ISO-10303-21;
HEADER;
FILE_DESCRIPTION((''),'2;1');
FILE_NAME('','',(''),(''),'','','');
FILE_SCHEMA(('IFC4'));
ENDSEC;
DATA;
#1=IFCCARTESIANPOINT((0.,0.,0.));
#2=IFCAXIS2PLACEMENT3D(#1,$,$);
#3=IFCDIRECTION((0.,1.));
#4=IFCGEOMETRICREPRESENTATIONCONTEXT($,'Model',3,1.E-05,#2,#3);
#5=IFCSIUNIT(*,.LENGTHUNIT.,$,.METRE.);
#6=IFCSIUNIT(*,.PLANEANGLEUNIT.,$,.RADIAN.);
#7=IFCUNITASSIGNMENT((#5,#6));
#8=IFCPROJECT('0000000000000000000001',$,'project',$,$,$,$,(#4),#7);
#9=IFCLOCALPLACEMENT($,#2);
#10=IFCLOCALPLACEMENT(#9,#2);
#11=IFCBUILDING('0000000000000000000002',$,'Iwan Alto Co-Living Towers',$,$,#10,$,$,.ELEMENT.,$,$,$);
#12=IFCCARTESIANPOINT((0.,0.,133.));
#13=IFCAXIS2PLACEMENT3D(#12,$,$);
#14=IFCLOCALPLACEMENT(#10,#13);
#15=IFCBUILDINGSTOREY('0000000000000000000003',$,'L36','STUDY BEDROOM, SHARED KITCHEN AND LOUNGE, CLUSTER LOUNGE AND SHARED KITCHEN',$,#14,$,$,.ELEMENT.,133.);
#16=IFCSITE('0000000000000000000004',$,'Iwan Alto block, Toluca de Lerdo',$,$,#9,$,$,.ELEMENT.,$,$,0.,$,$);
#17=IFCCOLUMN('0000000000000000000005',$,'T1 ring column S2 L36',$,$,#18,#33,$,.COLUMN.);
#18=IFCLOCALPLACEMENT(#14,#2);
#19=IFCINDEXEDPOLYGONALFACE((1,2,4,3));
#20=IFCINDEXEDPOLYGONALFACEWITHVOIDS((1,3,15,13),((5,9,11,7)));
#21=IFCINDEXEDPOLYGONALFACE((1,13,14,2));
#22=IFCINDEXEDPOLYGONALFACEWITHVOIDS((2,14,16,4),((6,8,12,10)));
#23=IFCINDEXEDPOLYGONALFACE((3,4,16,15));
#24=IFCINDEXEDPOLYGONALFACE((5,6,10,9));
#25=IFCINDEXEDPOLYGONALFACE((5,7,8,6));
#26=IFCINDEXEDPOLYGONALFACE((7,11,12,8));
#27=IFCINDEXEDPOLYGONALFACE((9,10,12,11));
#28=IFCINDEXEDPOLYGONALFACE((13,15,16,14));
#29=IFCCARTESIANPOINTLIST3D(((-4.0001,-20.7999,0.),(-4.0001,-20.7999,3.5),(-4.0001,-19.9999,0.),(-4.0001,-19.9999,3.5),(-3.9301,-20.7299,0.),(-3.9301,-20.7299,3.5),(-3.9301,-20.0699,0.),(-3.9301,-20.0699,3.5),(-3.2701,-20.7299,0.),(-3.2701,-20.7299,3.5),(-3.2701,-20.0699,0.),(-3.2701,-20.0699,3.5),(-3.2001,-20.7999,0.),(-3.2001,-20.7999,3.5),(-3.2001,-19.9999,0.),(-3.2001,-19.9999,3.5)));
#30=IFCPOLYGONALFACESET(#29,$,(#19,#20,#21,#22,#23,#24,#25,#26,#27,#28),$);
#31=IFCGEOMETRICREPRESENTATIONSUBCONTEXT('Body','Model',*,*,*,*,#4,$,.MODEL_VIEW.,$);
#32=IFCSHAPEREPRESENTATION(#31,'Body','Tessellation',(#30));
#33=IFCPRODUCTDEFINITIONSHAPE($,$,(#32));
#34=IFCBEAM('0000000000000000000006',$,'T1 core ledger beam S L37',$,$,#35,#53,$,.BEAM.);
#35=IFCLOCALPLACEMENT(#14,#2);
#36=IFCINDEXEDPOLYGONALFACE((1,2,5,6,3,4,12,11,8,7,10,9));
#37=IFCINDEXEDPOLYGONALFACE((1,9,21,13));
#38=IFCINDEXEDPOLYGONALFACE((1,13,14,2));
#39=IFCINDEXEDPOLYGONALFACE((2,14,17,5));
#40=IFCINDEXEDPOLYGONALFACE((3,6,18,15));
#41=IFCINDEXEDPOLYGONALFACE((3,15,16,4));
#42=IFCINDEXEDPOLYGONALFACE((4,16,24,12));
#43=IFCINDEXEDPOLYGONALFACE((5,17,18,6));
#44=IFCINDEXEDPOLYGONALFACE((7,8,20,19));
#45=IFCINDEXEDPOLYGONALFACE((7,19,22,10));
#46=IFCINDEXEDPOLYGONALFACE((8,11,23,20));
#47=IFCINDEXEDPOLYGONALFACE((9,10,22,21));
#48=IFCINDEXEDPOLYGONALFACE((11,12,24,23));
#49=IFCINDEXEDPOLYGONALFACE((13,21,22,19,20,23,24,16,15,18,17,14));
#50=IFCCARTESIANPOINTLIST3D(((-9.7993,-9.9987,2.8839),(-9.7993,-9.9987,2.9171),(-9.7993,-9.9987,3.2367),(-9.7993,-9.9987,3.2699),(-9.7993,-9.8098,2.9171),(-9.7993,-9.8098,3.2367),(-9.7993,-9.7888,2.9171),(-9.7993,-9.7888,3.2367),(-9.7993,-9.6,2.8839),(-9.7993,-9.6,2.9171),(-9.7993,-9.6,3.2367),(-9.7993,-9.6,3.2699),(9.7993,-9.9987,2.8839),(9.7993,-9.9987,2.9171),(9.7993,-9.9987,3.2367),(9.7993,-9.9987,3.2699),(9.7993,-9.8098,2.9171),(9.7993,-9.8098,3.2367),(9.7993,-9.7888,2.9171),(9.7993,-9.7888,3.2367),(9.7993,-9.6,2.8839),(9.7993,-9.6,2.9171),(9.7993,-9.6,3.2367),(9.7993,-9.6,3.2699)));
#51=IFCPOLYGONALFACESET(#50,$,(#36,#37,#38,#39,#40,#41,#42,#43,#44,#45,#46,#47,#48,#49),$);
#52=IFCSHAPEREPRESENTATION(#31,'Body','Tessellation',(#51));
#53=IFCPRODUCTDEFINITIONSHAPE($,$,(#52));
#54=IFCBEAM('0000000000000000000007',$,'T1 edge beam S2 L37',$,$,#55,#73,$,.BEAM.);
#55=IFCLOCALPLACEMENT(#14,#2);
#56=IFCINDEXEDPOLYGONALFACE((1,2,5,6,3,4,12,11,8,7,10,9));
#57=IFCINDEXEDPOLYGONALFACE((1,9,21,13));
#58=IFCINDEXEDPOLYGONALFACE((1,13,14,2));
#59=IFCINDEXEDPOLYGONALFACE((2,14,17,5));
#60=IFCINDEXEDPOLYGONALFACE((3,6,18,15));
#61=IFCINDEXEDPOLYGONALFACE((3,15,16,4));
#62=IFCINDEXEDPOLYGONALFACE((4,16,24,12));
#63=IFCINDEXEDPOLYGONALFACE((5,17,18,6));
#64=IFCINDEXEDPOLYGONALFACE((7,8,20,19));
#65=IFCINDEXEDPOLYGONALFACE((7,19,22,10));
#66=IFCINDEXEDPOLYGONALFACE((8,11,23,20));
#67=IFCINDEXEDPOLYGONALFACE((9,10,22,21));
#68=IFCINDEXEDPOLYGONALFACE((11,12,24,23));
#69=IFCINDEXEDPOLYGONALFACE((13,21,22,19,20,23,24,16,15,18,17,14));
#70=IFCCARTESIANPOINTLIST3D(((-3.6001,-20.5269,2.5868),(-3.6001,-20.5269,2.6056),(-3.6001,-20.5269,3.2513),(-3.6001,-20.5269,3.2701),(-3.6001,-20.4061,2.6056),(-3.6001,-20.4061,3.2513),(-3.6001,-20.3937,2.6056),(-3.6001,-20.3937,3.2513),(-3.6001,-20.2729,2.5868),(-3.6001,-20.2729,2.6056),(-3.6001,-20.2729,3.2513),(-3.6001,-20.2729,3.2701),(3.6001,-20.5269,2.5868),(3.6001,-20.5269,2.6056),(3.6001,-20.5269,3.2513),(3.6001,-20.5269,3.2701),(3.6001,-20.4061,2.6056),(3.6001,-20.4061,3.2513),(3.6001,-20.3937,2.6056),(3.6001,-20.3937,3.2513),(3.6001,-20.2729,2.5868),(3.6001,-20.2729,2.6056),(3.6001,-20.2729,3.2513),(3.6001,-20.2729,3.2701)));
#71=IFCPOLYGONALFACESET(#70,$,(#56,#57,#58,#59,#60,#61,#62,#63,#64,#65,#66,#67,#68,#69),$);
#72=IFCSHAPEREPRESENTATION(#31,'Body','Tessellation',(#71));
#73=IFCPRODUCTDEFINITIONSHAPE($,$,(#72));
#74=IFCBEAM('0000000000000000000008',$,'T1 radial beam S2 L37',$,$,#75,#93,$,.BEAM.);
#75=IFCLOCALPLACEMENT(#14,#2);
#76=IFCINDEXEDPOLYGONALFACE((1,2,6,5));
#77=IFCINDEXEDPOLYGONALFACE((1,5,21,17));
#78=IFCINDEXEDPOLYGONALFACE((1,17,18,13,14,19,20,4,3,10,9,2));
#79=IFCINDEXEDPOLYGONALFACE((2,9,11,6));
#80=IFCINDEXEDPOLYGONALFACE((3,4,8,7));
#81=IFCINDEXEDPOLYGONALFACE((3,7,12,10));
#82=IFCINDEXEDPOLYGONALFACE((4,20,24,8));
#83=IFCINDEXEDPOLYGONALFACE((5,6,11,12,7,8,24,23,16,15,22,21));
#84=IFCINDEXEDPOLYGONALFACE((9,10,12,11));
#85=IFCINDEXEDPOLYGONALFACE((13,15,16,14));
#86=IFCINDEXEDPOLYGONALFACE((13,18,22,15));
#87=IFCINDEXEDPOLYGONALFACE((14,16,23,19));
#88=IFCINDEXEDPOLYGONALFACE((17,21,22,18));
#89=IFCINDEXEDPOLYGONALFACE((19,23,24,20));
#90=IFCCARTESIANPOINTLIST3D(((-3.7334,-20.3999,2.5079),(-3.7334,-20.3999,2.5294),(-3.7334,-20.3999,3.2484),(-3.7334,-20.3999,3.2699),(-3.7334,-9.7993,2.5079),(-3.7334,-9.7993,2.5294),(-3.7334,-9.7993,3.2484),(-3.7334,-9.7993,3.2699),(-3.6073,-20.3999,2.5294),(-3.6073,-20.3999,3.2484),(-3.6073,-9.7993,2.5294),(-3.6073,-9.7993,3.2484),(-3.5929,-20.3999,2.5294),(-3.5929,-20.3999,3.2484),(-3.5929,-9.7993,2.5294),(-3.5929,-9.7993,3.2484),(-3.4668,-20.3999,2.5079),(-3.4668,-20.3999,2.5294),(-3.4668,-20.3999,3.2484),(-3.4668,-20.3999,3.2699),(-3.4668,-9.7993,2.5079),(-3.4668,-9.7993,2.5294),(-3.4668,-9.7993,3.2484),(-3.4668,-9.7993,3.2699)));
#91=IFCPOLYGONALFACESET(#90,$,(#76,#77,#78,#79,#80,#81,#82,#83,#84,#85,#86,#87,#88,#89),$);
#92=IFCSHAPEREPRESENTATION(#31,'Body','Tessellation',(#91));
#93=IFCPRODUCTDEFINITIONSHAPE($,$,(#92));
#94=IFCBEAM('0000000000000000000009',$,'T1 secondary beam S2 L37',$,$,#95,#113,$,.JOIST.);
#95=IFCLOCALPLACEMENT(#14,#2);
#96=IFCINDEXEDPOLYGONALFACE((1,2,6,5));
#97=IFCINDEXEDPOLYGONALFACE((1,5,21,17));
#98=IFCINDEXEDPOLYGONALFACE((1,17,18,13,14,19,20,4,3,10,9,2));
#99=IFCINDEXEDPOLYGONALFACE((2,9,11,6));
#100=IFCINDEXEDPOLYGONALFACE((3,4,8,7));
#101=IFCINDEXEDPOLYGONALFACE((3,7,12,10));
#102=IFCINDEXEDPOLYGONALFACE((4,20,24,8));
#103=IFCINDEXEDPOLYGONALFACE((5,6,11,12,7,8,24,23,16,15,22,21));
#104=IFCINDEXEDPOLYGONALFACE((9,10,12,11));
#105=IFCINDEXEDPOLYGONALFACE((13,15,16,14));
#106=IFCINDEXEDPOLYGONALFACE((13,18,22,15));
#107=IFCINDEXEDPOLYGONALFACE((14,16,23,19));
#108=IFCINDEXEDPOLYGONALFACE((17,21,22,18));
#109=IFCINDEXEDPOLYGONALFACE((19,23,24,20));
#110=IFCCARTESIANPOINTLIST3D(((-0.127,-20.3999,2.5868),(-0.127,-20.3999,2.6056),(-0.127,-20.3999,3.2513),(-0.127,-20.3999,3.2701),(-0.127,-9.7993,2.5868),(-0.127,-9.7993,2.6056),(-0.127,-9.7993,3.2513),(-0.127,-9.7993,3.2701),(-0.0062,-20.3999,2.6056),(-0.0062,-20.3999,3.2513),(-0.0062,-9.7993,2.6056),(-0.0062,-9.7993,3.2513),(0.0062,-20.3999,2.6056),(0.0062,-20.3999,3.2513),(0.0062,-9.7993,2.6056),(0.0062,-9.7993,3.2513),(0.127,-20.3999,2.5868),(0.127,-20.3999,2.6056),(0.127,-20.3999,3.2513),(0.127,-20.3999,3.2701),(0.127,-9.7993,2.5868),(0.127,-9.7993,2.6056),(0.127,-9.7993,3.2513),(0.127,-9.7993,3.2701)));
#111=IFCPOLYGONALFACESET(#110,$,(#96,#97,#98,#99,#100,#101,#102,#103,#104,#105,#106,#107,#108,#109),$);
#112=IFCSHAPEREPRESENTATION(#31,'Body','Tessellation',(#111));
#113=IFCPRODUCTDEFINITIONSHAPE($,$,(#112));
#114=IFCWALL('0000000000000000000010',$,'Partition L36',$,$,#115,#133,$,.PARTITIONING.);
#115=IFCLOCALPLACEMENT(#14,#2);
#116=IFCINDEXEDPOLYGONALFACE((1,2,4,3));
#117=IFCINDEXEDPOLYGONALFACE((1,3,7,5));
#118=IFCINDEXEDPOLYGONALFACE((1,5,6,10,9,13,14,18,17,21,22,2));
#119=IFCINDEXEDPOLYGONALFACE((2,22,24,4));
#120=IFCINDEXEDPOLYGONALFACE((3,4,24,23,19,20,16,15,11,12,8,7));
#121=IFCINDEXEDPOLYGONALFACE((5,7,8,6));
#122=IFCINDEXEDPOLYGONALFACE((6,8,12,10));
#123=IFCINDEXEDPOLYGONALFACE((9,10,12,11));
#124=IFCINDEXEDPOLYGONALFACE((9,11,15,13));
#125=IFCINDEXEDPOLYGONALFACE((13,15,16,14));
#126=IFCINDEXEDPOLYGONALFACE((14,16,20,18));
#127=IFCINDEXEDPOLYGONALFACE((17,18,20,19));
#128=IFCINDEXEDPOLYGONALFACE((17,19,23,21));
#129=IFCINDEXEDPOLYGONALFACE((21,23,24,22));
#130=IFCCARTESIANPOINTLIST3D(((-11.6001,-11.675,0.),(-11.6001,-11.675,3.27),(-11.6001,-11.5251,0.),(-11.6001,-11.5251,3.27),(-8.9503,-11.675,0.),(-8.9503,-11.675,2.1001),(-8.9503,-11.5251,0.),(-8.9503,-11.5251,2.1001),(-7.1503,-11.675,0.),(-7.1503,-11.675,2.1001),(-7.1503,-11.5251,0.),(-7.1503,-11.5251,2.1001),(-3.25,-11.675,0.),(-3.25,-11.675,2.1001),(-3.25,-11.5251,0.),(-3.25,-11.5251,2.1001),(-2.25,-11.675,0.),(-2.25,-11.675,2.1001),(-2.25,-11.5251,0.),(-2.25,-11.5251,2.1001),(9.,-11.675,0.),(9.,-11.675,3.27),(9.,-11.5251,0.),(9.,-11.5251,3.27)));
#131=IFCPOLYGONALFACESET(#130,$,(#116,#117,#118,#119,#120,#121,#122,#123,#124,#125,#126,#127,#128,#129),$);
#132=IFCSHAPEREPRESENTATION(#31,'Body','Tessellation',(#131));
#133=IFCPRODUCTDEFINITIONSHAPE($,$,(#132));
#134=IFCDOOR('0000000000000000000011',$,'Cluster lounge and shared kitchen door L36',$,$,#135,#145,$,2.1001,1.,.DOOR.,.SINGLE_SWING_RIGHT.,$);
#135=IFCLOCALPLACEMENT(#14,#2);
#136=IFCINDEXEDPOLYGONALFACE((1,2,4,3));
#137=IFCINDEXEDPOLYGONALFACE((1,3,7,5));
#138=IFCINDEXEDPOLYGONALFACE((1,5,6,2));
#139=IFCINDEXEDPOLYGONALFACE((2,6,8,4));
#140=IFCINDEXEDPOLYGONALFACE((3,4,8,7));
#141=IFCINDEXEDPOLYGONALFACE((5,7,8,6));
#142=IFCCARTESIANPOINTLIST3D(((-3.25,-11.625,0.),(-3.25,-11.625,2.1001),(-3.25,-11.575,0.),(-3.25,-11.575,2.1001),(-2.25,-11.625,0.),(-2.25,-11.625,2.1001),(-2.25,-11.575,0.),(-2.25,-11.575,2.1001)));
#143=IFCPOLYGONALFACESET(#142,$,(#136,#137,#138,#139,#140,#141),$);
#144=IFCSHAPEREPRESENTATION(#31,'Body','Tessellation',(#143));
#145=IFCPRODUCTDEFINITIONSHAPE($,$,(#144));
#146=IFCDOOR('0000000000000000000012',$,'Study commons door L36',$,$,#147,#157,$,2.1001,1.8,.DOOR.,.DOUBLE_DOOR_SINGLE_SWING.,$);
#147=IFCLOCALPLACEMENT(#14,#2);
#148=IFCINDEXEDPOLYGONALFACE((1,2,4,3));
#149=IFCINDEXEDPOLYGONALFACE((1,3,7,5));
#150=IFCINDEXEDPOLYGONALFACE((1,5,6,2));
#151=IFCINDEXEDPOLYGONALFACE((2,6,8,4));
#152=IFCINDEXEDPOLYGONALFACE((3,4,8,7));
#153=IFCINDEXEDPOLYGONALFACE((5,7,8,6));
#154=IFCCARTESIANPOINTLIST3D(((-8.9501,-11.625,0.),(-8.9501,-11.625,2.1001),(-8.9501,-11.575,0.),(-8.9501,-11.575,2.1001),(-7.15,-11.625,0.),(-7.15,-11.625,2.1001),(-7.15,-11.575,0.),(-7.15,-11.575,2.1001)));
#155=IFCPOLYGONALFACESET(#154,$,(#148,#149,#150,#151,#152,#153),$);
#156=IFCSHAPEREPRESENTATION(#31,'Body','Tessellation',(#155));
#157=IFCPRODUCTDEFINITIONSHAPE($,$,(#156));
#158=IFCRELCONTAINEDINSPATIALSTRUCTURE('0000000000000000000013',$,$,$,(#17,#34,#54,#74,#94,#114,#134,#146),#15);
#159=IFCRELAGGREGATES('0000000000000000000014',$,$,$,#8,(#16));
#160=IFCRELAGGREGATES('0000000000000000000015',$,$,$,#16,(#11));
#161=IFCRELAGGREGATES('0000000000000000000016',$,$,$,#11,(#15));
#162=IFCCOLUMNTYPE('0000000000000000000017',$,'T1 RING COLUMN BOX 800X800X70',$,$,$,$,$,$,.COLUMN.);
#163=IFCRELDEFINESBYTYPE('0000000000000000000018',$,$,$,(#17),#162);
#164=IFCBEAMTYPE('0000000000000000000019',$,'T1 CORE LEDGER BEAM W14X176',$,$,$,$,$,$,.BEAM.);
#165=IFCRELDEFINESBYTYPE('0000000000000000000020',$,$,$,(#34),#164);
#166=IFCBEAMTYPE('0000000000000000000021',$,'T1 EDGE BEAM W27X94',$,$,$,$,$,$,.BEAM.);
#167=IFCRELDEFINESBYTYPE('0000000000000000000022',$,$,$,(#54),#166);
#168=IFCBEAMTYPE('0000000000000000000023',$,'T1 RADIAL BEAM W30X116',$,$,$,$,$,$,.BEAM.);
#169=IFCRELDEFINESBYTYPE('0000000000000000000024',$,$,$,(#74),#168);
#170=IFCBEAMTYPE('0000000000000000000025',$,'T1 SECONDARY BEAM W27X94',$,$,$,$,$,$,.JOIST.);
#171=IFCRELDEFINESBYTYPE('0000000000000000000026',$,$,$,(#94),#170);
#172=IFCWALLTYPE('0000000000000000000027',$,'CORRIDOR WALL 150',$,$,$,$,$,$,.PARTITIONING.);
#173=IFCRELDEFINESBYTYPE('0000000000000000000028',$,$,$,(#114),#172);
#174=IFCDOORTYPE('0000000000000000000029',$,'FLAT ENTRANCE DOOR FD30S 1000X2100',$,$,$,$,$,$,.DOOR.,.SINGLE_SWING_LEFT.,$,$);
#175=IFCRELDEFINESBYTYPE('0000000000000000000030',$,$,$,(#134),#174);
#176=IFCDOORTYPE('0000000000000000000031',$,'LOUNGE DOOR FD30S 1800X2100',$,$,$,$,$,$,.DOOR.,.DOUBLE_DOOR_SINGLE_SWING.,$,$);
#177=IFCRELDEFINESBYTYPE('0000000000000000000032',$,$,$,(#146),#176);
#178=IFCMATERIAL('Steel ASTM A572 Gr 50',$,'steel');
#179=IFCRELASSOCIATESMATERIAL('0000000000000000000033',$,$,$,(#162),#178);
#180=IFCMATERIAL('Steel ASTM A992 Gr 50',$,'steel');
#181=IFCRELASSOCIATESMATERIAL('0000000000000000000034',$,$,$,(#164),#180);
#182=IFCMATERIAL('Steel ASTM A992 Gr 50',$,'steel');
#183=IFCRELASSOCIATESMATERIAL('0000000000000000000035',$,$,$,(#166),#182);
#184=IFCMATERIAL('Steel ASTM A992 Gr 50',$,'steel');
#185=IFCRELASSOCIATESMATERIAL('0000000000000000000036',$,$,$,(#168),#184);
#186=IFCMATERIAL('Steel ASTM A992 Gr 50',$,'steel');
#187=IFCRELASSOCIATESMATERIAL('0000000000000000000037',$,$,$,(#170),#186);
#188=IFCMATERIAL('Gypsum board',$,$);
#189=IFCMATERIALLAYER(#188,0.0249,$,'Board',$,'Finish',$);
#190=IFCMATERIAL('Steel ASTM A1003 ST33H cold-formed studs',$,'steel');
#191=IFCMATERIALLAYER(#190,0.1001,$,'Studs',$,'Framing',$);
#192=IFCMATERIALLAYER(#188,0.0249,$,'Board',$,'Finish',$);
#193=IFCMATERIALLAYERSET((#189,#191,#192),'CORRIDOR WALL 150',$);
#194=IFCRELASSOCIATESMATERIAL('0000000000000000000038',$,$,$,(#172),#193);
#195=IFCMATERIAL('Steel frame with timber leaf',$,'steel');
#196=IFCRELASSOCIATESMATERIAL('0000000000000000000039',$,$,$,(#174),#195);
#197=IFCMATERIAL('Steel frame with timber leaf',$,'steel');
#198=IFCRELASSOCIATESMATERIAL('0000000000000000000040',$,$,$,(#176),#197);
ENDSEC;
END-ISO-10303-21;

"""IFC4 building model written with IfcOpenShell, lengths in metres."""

from ifc_helpers import new_model, si_unit, direction, frame, frame_2d, origin, origin_2d, place, context, subcontext, project, spatial, rectangle, hollow_rectangle, i_section, extrude, material, layer, layer_set, material_profile, profile_set, type_object, element, fill, save


model = new_model("IFC4")

# Units and contexts
model_context = context("Model", 3, precision=1e-05, world=origin(), true_north=direction((0.0, 1.0)))
body_context = subcontext(model_context, "Body", "Model", "MODEL_VIEW")
ifc_project = project(units=[si_unit("LENGTHUNIT", "METRE"), si_unit("PLANEANGLEUNIT", "RADIAN")], contexts=[model_context])

# Site, building, storey
site_placement = place(None, origin())
site = spatial("IfcSite", under=ifc_project, at=site_placement, Name="Iwan Alto block, Toluca de Lerdo", CompositionType="ELEMENT", RefElevation=0.0)
building_placement = place(site_placement, origin())
building = spatial("IfcBuilding", under=site, at=building_placement, Name="Iwan Alto Co-Living Towers", CompositionType="ELEMENT")
storey_placement = place(building_placement, frame((0.0, 0.0, 133.0)))
storey = spatial("IfcBuildingStorey", under=building, at=storey_placement, Name="L36", Description="STUDY BEDROOM, SHARED KITCHEN AND LOUNGE, CLUSTER LOUNGE AND SHARED KITCHEN", CompositionType="ELEMENT", Elevation=133.0)

# Column
ifc_material_1 = material(Name="Steel ASTM A572 Gr 50", Category="steel")
ifc_material_profile_1 = material_profile(ifc_material_1, hollow_rectangle(XDim=0.8, YDim=0.8, WallThickness=0.0701, at=origin_2d()), Name="BOX 800X800X70")
ifc_profile_set_1 = profile_set([ifc_material_profile_1], Name="Steel ASTM A572 Gr 50")
column_type = type_object("IfcColumnType", Name="T1 RING COLUMN BOX 800X800X70", PredefinedType="COLUMN", material=ifc_profile_set_1)
column_placement = place(storey_placement, frame((-3.6001, -20.3999, 0.0), z_axis=(0.0, 0.0, 1.0), x_axis=(1.0, 0.0, 0.0)))
element("IfcColumn", 1, at=column_placement, inside=storey, type_object=column_type, Name="T1 ring column S2 L36", PredefinedType="COLUMN", context=body_context, shape_type="SweptSolid", body=[
    extrude(hollow_rectangle(XDim=0.8, YDim=0.8, WallThickness=0.0701, at=origin_2d()), origin(), (0.0, 0.0, 1.0), 3.5),
])

# Beams
ifc_material_2 = material(Name="Steel ASTM A992 Gr 50", Category="steel")
ifc_material_profile_2 = material_profile(ifc_material_2, i_section(OverallWidth=0.3987, OverallDepth=0.386, WebThickness=0.021, FlangeThickness=0.0332, at=origin_2d()), Name="W14X176")
ifc_profile_set_2 = profile_set([ifc_material_profile_2], Name="Steel ASTM A992 Gr 50")
beam_type_1 = type_object("IfcBeamType", Name="T1 CORE LEDGER BEAM W14X176", PredefinedType="BEAM", material=ifc_profile_set_2)
beam_1_placement = place(storey_placement, frame((-9.7993, -9.7993, 3.0769), z_axis=(1.0, 0.0, 0.0), x_axis=(0.0, 1.0, 0.0)))
element("IfcBeam", 2, at=beam_1_placement, inside=storey, type_object=beam_type_1, Name="T1 core ledger beam S L37", PredefinedType="BEAM", context=body_context, shape_type="SweptSolid", body=[
    extrude(i_section(OverallWidth=0.3987, OverallDepth=0.386, WebThickness=0.021, FlangeThickness=0.0332, at=origin_2d()), origin(), (0.0, 0.0, 1.0), 19.5986),
])
ifc_material_3 = material(Name="Steel ASTM A992 Gr 50", Category="steel")
ifc_material_profile_3 = material_profile(ifc_material_3, i_section(OverallWidth=0.2539, OverallDepth=0.6833, WebThickness=0.0125, FlangeThickness=0.0188, at=origin_2d()), Name="W27X94")
ifc_profile_set_3 = profile_set([ifc_material_profile_3], Name="Steel ASTM A992 Gr 50")
beam_type_2 = type_object("IfcBeamType", Name="T1 EDGE BEAM W27X94", PredefinedType="BEAM", material=ifc_profile_set_3)
beam_2_placement = place(storey_placement, frame((-3.6001, -20.3999, 2.9285), z_axis=(1.0, 0.0, 0.0), x_axis=(0.0, 1.0, 0.0)))
element("IfcBeam", 3, at=beam_2_placement, inside=storey, type_object=beam_type_2, Name="T1 edge beam S2 L37", PredefinedType="BEAM", context=body_context, shape_type="SweptSolid", body=[
    extrude(i_section(OverallWidth=0.2539, OverallDepth=0.6833, WebThickness=0.0125, FlangeThickness=0.0188, at=origin_2d()), origin(), (0.0, 0.0, 1.0), 7.2002),
])
ifc_material_4 = material(Name="Steel ASTM A992 Gr 50", Category="steel")
ifc_material_profile_4 = material_profile(ifc_material_4, i_section(OverallWidth=0.2666, OverallDepth=0.762, WebThickness=0.0144, FlangeThickness=0.0215, at=origin_2d()), Name="W30X116")
ifc_profile_set_4 = profile_set([ifc_material_profile_4], Name="Steel ASTM A992 Gr 50")
beam_type_3 = type_object("IfcBeamType", Name="T1 RADIAL BEAM W30X116", PredefinedType="BEAM", material=ifc_profile_set_4)
beam_3_placement = place(storey_placement, frame((-3.6001, -20.3999, 2.8889), z_axis=(0.0, 1.0, 0.0), x_axis=(-1.0, 0.0, 0.0)))
element("IfcBeam", 4, at=beam_3_placement, inside=storey, type_object=beam_type_3, Name="T1 radial beam S2 L37", PredefinedType="BEAM", context=body_context, shape_type="SweptSolid", body=[
    extrude(i_section(OverallWidth=0.2666, OverallDepth=0.762, WebThickness=0.0144, FlangeThickness=0.0215, at=origin_2d()), origin(), (0.0, 0.0, 1.0), 10.6006),
])
ifc_material_5 = material(Name="Steel ASTM A992 Gr 50", Category="steel")
ifc_material_profile_5 = material_profile(ifc_material_5, i_section(OverallWidth=0.2539, OverallDepth=0.6833, WebThickness=0.0125, FlangeThickness=0.0188, at=origin_2d()), Name="W27X94")
ifc_profile_set_5 = profile_set([ifc_material_profile_5], Name="Steel ASTM A992 Gr 50")
beam_type_4 = type_object("IfcBeamType", Name="T1 SECONDARY BEAM W27X94", PredefinedType="JOIST", material=ifc_profile_set_5)
beam_4_placement = place(storey_placement, frame((0.0, -20.3999, 2.9285), z_axis=(0.0, 1.0, 0.0), x_axis=(-1.0, 0.0, 0.0)))
element("IfcBeam", 5, at=beam_4_placement, inside=storey, type_object=beam_type_4, Name="T1 secondary beam S2 L37", PredefinedType="JOIST", context=body_context, shape_type="SweptSolid", body=[
    extrude(i_section(OverallWidth=0.2539, OverallDepth=0.6833, WebThickness=0.0125, FlangeThickness=0.0188, at=origin_2d()), origin(), (0.0, 0.0, 1.0), 10.6006),
])

# Wall, openings, doors
ifc_material_6 = material(Name="Gypsum board")
ifc_layer_1 = layer(ifc_material_6, 0.0249, Name="Board", Category="Finish")
ifc_material_7 = material(Name="Steel ASTM A1003 ST33H cold-formed studs", Category="steel")
ifc_layer_2 = layer(ifc_material_7, 0.1001, Name="Studs", Category="Framing")
ifc_layer_3 = layer(ifc_material_6, 0.0249, Name="Board", Category="Finish")
ifc_layer_set_1 = layer_set([ifc_layer_1, ifc_layer_2, ifc_layer_3], Name="CORRIDOR WALL 150")
wall_type_1 = type_object("IfcWallType", Name="CORRIDOR WALL 150", PredefinedType="PARTITIONING", material=ifc_layer_set_1)
wall_1_placement = place(storey_placement, frame((-11.6001, -11.6001, 0.0), z_axis=(0.0, 0.0, 1.0), x_axis=(1.0, 0.0, 0.0)))
wall_1 = element("IfcWall", 6, at=wall_1_placement, inside=storey, type_object=wall_type_1, Name="Partition L36", PredefinedType="PARTITIONING", context=body_context, shape_type="SweptSolid", body=[
    extrude(rectangle(XDim=20.6001, YDim=0.1499, at=frame_2d((10.3, 0.0))), origin(), (0.0, 0.0, 1.0), 3.27),
])
opening_1_placement = place(wall_1_placement, frame((2.6499, 0.0, 0.0)))
opening_1 = element("IfcOpeningElement", 7, at=opening_1_placement, cuts=wall_1, PredefinedType="OPENING", context=body_context, shape_type="SweptSolid", body=[
    extrude(rectangle(XDim=1.8, YDim=2.1001, at=frame_2d((0.8999, 1.05))), frame((0.0, 0.085, 0.0), z_axis=(0.0, -1.0, 0.0), x_axis=(1.0, 0.0, 0.0)), (0.0, 0.0, 1.0), 0.1699),
])
opening_2_placement = place(wall_1_placement, frame((8.3501, 0.0, 0.0)))
opening_2 = element("IfcOpeningElement", 8, at=opening_2_placement, cuts=wall_1, PredefinedType="OPENING", context=body_context, shape_type="SweptSolid", body=[
    extrude(rectangle(XDim=1.0, YDim=2.1001, at=frame_2d((0.5, 1.05))), frame((0.0, 0.085, 0.0), z_axis=(0.0, -1.0, 0.0), x_axis=(1.0, 0.0, 0.0)), (0.0, 0.0, 1.0), 0.1699),
])
ifc_material_8 = material(Name="Steel frame with timber leaf", Category="steel")
door_type_1 = type_object("IfcDoorType", Name="FLAT ENTRANCE DOOR FD30S 1000X2100", OperationType="SINGLE_SWING_LEFT", PredefinedType="DOOR", material=ifc_material_8)
door_1_placement = place(opening_2_placement, frame((1.0, 0.0, 0.0), z_axis=(0.0, 0.0, 1.0), x_axis=(-1.0, 0.0, 0.0)))
door_1 = element("IfcDoor", 9, at=door_1_placement, inside=storey, type_object=door_type_1, Name="Cluster lounge and shared kitchen door L36", OperationType="SINGLE_SWING_RIGHT", OverallHeight=2.1001, OverallWidth=1.0, PredefinedType="DOOR", context=body_context, shape_type="SweptSolid", body=[
    extrude(rectangle(XDim=1.0, YDim=2.1001, at=frame_2d((0.5, 1.05))), frame((0.0, 0.0249, 0.0), z_axis=(0.0, -1.0, 0.0), x_axis=(1.0, 0.0, 0.0)), (0.0, 0.0, 1.0), 0.05),
])
fill(opening_2, door_1)
ifc_material_9 = material(Name="Steel frame with timber leaf", Category="steel")
door_type_2 = type_object("IfcDoorType", Name="LOUNGE DOOR FD30S 1800X2100", OperationType="DOUBLE_DOOR_SINGLE_SWING", PredefinedType="DOOR", material=ifc_material_9)
door_2_placement = place(opening_1_placement, frame((1.8, 0.0, 0.0), z_axis=(0.0, 0.0, 1.0), x_axis=(-1.0, 0.0, 0.0)))
door_2 = element("IfcDoor", 10, at=door_2_placement, inside=storey, type_object=door_type_2, Name="Study commons door L36", OperationType="DOUBLE_DOOR_SINGLE_SWING", OverallHeight=2.1001, OverallWidth=1.8, PredefinedType="DOOR", context=body_context, shape_type="SweptSolid", body=[
    extrude(rectangle(XDim=1.8, YDim=2.1001, at=frame_2d((0.8999, 1.05))), frame((0.0, 0.0249, 0.0), z_axis=(0.0, -1.0, 0.0), x_axis=(1.0, 0.0, 0.0)), (0.0, 0.0, 1.0), 0.05),
])
fill(opening_1, door_2)

save(model, "model.ifc")
